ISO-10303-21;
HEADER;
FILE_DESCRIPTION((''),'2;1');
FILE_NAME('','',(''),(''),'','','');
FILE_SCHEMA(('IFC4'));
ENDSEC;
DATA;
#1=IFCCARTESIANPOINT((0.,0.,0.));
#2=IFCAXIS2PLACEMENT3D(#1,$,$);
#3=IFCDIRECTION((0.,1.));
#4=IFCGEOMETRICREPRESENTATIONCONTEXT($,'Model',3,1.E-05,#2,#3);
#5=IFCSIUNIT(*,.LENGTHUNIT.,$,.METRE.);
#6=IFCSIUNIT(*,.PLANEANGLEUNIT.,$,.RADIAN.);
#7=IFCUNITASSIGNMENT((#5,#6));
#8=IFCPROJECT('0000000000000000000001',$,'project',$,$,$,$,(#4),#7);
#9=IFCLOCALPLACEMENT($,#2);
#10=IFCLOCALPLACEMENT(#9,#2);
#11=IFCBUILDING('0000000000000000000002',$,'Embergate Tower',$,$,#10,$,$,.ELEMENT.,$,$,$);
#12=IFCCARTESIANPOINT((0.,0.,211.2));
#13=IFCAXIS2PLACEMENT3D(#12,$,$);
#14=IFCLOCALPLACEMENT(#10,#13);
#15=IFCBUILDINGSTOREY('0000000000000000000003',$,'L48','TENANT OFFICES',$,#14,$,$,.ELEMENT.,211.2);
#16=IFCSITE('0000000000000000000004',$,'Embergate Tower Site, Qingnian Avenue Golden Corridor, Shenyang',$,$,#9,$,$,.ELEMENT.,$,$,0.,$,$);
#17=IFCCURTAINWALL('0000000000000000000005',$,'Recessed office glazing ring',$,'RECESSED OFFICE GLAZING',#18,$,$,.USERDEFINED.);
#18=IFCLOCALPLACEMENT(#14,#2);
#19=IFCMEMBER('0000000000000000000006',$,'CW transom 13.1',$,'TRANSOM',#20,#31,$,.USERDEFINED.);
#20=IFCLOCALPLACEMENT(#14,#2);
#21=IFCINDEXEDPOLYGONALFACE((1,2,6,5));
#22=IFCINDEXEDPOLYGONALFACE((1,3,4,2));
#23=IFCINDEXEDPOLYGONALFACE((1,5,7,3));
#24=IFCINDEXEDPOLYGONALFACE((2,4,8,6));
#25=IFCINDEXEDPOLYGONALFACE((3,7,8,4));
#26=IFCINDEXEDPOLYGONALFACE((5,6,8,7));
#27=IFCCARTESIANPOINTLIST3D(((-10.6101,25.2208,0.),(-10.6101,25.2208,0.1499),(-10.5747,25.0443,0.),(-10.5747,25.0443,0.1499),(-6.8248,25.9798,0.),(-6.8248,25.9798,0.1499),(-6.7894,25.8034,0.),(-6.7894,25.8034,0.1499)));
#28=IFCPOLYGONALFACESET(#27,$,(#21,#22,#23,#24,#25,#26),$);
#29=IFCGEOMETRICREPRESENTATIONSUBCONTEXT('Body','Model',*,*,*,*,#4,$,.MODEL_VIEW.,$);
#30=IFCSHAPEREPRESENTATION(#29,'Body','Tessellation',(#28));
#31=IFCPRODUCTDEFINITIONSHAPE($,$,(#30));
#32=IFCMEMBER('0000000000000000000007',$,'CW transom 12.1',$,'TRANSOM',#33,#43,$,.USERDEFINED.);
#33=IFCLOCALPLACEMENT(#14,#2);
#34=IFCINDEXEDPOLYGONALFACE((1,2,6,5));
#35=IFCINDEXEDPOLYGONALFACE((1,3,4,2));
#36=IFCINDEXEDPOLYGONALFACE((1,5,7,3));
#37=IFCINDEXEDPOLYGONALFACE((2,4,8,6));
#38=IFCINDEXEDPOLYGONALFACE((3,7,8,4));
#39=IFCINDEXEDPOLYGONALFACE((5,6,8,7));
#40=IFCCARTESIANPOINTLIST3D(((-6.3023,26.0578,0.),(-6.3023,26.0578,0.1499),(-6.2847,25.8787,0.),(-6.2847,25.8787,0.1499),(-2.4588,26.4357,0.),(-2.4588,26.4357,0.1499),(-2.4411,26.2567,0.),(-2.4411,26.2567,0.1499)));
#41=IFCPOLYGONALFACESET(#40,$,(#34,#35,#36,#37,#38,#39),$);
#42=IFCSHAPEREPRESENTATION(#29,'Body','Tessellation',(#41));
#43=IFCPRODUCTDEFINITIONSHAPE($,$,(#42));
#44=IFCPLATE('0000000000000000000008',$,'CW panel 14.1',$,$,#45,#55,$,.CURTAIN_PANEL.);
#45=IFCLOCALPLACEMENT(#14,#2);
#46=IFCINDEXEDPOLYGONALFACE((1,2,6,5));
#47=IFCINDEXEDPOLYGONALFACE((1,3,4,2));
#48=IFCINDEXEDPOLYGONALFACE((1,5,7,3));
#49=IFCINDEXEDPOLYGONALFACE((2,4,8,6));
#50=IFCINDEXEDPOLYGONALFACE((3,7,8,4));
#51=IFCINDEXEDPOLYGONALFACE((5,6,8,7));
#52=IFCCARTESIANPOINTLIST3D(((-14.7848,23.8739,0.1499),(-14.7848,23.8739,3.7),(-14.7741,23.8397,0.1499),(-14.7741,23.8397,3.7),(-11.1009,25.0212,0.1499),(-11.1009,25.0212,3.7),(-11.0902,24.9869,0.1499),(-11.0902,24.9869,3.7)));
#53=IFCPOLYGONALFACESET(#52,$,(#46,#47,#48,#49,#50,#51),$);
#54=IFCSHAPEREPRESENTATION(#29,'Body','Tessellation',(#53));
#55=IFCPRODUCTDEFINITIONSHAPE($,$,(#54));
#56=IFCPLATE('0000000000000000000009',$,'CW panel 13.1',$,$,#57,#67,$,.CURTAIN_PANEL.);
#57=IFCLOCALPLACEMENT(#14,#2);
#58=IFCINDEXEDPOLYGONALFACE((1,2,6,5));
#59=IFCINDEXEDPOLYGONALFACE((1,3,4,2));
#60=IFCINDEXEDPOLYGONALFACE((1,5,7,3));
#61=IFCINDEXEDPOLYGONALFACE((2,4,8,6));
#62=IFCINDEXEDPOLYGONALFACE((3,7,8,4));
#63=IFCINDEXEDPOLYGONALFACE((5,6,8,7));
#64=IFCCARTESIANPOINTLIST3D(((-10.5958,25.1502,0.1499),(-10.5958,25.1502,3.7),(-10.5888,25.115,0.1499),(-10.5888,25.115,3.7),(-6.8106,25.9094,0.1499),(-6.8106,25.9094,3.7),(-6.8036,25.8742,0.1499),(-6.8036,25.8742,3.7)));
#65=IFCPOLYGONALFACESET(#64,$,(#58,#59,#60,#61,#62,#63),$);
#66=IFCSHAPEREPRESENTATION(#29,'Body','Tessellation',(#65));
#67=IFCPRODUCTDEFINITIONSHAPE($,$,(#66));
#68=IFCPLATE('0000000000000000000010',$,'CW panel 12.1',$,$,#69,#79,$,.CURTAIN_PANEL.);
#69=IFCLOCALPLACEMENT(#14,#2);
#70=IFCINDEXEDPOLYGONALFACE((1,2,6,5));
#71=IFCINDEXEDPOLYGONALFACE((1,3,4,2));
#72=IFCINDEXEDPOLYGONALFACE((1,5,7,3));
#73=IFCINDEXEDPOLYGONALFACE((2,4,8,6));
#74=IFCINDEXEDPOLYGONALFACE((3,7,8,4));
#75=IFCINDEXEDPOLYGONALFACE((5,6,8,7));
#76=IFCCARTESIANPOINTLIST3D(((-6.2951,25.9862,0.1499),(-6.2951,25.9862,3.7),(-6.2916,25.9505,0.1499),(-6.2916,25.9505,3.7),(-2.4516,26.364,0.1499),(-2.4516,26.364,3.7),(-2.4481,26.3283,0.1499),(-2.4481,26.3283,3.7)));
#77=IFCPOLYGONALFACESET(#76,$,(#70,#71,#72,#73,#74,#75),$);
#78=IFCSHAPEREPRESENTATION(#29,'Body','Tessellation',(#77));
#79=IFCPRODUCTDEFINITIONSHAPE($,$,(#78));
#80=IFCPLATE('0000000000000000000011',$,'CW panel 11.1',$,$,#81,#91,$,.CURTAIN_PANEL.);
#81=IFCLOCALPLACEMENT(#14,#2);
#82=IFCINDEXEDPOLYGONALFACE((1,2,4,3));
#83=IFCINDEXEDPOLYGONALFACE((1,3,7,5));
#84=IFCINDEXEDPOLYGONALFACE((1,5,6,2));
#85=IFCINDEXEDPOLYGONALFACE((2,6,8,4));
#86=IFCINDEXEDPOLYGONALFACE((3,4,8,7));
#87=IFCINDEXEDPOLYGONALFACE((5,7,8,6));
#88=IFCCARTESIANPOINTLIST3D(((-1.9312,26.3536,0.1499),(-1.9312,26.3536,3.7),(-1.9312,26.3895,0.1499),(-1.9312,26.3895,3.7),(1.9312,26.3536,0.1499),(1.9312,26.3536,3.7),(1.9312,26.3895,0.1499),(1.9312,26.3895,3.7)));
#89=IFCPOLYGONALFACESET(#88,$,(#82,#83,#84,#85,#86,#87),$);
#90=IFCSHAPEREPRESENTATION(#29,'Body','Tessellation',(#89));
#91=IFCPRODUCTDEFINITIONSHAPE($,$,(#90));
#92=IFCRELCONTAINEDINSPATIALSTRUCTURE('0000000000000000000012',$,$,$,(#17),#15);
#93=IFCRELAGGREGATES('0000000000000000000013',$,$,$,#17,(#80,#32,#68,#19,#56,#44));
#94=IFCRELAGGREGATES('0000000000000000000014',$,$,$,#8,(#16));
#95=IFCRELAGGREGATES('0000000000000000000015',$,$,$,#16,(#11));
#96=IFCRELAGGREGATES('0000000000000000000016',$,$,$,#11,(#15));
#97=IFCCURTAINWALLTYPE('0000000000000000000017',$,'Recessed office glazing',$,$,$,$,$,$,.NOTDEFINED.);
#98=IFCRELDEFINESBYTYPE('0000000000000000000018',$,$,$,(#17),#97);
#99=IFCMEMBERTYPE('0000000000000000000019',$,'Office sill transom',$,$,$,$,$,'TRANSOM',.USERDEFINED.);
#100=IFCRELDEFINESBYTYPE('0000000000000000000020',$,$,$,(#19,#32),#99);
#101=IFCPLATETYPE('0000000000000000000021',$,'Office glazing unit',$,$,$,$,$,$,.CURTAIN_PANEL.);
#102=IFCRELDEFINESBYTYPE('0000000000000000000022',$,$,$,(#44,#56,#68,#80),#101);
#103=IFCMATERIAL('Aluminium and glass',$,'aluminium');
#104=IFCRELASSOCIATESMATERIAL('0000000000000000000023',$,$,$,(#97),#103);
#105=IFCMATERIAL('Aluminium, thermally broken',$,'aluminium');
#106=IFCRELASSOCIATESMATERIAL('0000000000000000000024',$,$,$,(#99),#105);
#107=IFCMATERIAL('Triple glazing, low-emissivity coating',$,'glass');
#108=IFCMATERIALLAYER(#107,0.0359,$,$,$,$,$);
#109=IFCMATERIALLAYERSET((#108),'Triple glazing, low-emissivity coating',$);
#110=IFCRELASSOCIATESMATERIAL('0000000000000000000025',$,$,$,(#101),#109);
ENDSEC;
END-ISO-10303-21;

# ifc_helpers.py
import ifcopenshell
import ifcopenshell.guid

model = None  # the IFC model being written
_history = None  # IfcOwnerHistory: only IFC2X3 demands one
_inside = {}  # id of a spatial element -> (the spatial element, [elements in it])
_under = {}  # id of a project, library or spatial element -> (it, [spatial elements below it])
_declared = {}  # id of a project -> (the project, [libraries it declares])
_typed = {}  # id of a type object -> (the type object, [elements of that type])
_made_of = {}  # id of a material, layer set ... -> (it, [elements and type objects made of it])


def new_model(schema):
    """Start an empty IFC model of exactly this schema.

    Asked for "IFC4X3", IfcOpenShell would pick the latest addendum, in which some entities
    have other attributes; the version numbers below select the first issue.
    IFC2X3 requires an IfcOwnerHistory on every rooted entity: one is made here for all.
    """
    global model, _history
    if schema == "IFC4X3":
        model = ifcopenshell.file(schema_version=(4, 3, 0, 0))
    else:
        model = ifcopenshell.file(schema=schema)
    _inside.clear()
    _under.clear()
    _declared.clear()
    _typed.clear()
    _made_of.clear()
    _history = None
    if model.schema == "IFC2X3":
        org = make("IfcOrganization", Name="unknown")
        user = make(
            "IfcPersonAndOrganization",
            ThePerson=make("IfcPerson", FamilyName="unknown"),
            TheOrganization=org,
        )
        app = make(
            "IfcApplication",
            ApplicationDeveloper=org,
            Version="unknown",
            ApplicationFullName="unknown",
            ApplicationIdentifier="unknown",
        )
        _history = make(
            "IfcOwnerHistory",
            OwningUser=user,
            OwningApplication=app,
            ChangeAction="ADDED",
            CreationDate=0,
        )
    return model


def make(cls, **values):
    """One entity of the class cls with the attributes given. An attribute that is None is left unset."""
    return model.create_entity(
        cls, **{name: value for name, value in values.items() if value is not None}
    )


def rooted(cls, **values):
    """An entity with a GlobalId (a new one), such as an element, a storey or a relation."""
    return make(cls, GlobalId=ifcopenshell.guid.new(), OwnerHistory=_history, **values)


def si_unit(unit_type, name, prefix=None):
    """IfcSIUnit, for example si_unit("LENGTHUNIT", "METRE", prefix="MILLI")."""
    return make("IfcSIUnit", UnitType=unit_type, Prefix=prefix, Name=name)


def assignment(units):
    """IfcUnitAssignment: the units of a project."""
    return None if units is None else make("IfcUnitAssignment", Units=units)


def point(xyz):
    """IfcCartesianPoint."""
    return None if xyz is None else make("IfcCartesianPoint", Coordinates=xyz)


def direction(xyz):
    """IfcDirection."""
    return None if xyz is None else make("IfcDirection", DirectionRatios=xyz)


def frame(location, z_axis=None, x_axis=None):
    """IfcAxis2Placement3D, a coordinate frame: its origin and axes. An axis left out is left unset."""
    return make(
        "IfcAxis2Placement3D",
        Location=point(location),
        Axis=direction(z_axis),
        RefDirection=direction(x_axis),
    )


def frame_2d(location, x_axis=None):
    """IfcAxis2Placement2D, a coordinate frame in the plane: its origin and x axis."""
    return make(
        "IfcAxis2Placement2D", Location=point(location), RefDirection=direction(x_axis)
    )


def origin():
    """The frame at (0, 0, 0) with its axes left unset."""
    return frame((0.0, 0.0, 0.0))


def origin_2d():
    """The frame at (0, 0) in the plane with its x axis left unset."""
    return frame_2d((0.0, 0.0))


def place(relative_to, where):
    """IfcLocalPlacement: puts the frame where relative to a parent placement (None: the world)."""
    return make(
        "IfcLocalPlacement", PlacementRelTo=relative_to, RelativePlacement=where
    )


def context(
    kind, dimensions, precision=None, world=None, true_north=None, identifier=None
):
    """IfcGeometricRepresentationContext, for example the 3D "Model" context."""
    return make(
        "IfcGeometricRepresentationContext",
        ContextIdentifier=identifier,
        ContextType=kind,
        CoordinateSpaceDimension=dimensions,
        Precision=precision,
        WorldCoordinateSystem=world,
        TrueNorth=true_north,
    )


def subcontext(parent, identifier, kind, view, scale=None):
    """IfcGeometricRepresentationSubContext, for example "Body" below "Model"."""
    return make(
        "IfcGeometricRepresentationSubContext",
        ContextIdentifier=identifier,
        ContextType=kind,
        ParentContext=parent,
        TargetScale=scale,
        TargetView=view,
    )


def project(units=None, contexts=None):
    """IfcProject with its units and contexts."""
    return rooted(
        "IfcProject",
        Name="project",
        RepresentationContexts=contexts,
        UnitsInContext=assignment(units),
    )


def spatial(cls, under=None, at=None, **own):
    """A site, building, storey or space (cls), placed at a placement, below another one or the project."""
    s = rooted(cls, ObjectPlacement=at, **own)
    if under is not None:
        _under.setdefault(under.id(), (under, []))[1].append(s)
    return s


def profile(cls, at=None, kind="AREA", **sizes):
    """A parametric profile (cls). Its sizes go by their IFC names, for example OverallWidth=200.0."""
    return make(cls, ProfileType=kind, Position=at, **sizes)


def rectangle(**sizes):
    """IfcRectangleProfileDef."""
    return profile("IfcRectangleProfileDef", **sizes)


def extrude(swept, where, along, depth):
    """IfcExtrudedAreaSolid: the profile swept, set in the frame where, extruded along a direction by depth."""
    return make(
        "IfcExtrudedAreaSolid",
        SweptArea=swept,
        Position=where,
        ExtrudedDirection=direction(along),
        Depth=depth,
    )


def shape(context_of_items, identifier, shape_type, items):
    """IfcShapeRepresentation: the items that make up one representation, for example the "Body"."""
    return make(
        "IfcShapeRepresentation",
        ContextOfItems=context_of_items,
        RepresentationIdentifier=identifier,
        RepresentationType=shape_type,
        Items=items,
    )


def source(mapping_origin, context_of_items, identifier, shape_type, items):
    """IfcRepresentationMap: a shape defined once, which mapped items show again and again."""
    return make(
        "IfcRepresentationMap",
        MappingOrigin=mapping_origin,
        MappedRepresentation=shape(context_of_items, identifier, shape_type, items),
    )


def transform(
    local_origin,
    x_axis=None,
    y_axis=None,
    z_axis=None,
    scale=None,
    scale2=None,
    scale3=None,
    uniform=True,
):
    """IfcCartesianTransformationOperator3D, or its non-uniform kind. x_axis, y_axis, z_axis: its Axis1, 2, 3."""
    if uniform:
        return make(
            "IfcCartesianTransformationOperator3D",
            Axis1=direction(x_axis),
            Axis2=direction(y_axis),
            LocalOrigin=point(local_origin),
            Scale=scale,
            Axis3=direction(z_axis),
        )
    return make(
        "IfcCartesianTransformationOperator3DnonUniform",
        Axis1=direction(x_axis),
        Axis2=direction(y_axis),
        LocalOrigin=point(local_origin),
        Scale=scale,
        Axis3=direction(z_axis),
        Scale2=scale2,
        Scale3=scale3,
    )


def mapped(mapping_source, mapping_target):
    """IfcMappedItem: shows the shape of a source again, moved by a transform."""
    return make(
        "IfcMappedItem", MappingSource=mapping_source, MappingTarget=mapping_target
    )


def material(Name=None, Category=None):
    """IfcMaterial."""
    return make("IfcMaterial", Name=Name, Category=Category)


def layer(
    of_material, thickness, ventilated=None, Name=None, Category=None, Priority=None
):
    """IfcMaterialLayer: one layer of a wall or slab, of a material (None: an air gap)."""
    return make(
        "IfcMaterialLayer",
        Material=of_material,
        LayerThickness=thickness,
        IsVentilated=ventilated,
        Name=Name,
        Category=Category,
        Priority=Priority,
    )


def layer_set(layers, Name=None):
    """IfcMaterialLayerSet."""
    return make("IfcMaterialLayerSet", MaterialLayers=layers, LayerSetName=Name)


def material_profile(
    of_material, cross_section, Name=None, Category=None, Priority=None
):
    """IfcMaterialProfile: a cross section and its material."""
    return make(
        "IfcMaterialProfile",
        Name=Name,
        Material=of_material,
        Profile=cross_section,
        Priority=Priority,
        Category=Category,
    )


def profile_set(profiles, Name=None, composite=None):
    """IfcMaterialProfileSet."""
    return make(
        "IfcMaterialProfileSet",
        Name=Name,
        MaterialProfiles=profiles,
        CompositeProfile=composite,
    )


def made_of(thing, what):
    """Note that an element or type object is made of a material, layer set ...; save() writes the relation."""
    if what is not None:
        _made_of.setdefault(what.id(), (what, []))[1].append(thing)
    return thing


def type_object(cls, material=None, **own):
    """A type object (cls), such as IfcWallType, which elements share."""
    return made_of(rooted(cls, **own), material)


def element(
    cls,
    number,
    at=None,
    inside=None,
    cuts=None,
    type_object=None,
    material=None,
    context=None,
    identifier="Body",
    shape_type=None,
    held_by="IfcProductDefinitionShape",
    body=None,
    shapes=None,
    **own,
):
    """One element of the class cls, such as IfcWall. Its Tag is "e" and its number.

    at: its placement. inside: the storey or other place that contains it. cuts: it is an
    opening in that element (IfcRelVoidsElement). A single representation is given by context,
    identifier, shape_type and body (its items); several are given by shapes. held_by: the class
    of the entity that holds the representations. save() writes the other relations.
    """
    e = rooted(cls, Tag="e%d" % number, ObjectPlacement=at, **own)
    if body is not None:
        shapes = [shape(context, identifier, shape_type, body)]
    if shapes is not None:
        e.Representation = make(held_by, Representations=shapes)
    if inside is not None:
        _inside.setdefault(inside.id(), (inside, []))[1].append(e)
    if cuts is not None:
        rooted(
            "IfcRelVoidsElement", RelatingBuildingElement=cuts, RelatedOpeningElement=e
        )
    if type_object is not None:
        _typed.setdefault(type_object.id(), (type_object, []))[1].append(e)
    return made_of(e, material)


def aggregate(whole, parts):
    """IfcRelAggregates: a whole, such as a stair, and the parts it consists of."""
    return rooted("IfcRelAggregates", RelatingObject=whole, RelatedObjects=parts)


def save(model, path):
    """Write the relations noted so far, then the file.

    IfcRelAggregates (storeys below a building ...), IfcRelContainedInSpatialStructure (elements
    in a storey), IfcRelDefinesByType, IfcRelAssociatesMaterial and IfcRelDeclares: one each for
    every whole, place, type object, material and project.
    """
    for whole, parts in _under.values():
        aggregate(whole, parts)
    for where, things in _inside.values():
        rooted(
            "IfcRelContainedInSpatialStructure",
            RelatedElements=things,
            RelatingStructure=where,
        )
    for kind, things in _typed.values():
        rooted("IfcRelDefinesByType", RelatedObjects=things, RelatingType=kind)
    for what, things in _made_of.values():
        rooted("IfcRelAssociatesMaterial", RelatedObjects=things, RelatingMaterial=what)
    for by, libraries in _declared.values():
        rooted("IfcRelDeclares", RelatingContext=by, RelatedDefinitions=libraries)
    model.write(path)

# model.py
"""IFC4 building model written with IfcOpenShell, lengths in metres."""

from ifc_helpers import new_model, si_unit, direction, frame, origin, origin_2d, place, context, subcontext, project, spatial, rectangle, extrude, source, transform, mapped, material, layer, layer_set, material_profile, profile_set, type_object, element, aggregate, save


model = new_model("IFC4")

# Units and contexts
model_context = context("Model", 3, precision=1e-05, world=origin(), true_north=direction((0.0, 1.0)))
body_context = subcontext(model_context, "Body", "Model", "MODEL_VIEW")
ifc_project = project(units=[si_unit("LENGTHUNIT", "METRE"), si_unit("PLANEANGLEUNIT", "RADIAN")], contexts=[model_context])

# Site, building, storey
site_placement = place(None, origin())
site = spatial("IfcSite", under=ifc_project, at=site_placement, Name="Embergate Tower Site, Qingnian Avenue Golden Corridor, Shenyang", CompositionType="ELEMENT", RefElevation=0.0)
building_placement = place(site_placement, origin())
building = spatial("IfcBuilding", under=site, at=building_placement, Name="Embergate Tower", CompositionType="ELEMENT")
storey_placement = place(building_placement, frame((0.0, 0.0, 211.2)))
storey = spatial("IfcBuildingStorey", under=building, at=storey_placement, Name="L48", Description="TENANT OFFICES", CompositionType="ELEMENT", Elevation=211.2)

# Curtain wall, members, plates
ifc_material_1 = material(Name="Aluminium and glass", Category="aluminium")
curtain_wall_type = type_object("IfcCurtainWallType", Name="Recessed office glazing", PredefinedType="NOTDEFINED", material=ifc_material_1)
curtain_wall_placement = place(storey_placement, origin())
curtain_wall = element("IfcCurtainWall", 1, at=curtain_wall_placement, inside=storey, type_object=curtain_wall_type, Name="Recessed office glazing ring", ObjectType="RECESSED OFFICE GLAZING", PredefinedType="USERDEFINED")
ifc_material_2 = material(Name="Aluminium, thermally broken", Category="aluminium")
ifc_material_profile_1 = material_profile(ifc_material_2, rectangle(XDim=0.1799, YDim=0.1499, at=origin_2d()), Name="AL 150x180")
ifc_profile_set_1 = profile_set([ifc_material_profile_1], Name="Aluminium, thermally broken")
member_type_1 = type_object("IfcMemberType", Name="Office sill transom", ElementType="TRANSOM", PredefinedType="USERDEFINED", material=ifc_profile_set_1)
shared_shape_1 = source(origin(), body_context, "Body", "SweptSolid", [
    extrude(rectangle(XDim=0.1799, YDim=0.1499, at=origin_2d()), origin(), (0.0, 0.0, 1.0), 3.8606),
])
member_1_placement = place(storey_placement, frame((-6.8071, 25.8916, 0.075), z_axis=(-0.980481, -0.196615, 0.0), x_axis=(0.196615, -0.980481, 0.0)))
member_1 = element("IfcMember", 2, at=member_1_placement, type_object=member_type_1, Name="CW transom 13.1", ObjectType="TRANSOM", PredefinedType="USERDEFINED", context=body_context, shape_type="MappedRepresentation", body=[
    mapped(shared_shape_1, transform((0.0, 0.0, 0.0))),
])
shared_shape_2 = source(origin(), body_context, "Body", "SweptSolid", [
    extrude(rectangle(XDim=0.1799, YDim=0.1499, at=origin_2d()), origin(), (0.0, 0.0, 1.0), 3.8621),
])
member_2_placement = place(storey_placement, frame((-2.45, 26.3462, 0.075), z_axis=(-0.9952, -0.097857, 0.0), x_axis=(0.097857, -0.9952, 0.0)))
member_2 = element("IfcMember", 3, at=member_2_placement, type_object=member_type_1, Name="CW transom 12.1", ObjectType="TRANSOM", PredefinedType="USERDEFINED", context=body_context, shape_type="MappedRepresentation", body=[
    mapped(shared_shape_2, transform((0.0, 0.0, 0.0))),
])
ifc_material_3 = material(Name="Triple glazing, low-emissivity coating", Category="glass")
ifc_layer_1 = layer(ifc_material_3, 0.0359)
ifc_layer_set_1 = layer_set([ifc_layer_1], Name="Triple glazing, low-emissivity coating")
plate_type = type_object("IfcPlateType", Name="Office glazing unit", PredefinedType="CURTAIN_PANEL", material=ifc_layer_set_1)
shared_shape_3 = source(origin(), body_context, "Body", "SweptSolid", [
    extrude(rectangle(XDim=3.8584, YDim=0.0359, at=origin_2d()), origin(), (0.0, 0.0, 1.0), 3.55),
])
plate_1_placement = place(storey_placement, frame((-12.9375, 24.4304, 0.1499), z_axis=(0.0, 0.0, 1.0), x_axis=(-0.954771, -0.297343, 0.0)))
plate_1 = element("IfcPlate", 4, at=plate_1_placement, type_object=plate_type, Name="CW panel 14.1", PredefinedType="CURTAIN_PANEL", context=body_context, shape_type="MappedRepresentation", body=[
    mapped(shared_shape_3, transform((0.0, 0.0, 0.0))),
])
shared_shape_4 = source(origin(), body_context, "Body", "SweptSolid", [
    extrude(rectangle(XDim=3.8606, YDim=0.0359, at=origin_2d()), origin(), (0.0, 0.0, 1.0), 3.55),
])
plate_2_placement = place(storey_placement, frame((-8.6997, 25.5122, 0.1499), z_axis=(0.0, 0.0, 1.0), x_axis=(-0.980475, -0.196643, 0.0)))
plate_2 = element("IfcPlate", 5, at=plate_2_placement, type_object=plate_type, Name="CW panel 13.1", PredefinedType="CURTAIN_PANEL", context=body_context, shape_type="MappedRepresentation", body=[
    mapped(shared_shape_4, transform((0.0, 0.0, 0.0))),
])
shared_shape_5 = source(origin(), body_context, "Body", "SweptSolid", [
    extrude(rectangle(XDim=3.8621, YDim=0.0359, at=origin_2d()), origin(), (0.0, 0.0, 1.0), 3.55),
])
plate_3_placement = place(storey_placement, frame((-4.3716, 26.1572, 0.1499), z_axis=(0.0, 0.0, 1.0), x_axis=(-0.995203, -0.097831, 0.0)))
plate_3 = element("IfcPlate", 6, at=plate_3_placement, type_object=plate_type, Name="CW panel 12.1", PredefinedType="CURTAIN_PANEL", context=body_context, shape_type="MappedRepresentation", body=[
    mapped(shared_shape_5, transform((0.0, 0.0, 0.0))),
])
shared_shape_6 = source(origin(), body_context, "Body", "SweptSolid", [
    extrude(rectangle(XDim=3.8623, YDim=0.0359, at=origin_2d()), origin(), (0.0, 0.0, 1.0), 3.55),
])
plate_4_placement = place(storey_placement, frame((0.0, 26.3716, 0.1499), z_axis=(0.0, 0.0, 1.0), x_axis=(-1.0, 0.0, 0.0)))
plate_4 = element("IfcPlate", 7, at=plate_4_placement, type_object=plate_type, Name="CW panel 11.1", PredefinedType="CURTAIN_PANEL", context=body_context, shape_type="MappedRepresentation", body=[
    mapped(shared_shape_6, transform((0.0, 0.0, 0.0))),
])
aggregate(curtain_wall, [plate_4, member_2, plate_3, member_1, plate_2, plate_1])

save(model, "model.ifc")
